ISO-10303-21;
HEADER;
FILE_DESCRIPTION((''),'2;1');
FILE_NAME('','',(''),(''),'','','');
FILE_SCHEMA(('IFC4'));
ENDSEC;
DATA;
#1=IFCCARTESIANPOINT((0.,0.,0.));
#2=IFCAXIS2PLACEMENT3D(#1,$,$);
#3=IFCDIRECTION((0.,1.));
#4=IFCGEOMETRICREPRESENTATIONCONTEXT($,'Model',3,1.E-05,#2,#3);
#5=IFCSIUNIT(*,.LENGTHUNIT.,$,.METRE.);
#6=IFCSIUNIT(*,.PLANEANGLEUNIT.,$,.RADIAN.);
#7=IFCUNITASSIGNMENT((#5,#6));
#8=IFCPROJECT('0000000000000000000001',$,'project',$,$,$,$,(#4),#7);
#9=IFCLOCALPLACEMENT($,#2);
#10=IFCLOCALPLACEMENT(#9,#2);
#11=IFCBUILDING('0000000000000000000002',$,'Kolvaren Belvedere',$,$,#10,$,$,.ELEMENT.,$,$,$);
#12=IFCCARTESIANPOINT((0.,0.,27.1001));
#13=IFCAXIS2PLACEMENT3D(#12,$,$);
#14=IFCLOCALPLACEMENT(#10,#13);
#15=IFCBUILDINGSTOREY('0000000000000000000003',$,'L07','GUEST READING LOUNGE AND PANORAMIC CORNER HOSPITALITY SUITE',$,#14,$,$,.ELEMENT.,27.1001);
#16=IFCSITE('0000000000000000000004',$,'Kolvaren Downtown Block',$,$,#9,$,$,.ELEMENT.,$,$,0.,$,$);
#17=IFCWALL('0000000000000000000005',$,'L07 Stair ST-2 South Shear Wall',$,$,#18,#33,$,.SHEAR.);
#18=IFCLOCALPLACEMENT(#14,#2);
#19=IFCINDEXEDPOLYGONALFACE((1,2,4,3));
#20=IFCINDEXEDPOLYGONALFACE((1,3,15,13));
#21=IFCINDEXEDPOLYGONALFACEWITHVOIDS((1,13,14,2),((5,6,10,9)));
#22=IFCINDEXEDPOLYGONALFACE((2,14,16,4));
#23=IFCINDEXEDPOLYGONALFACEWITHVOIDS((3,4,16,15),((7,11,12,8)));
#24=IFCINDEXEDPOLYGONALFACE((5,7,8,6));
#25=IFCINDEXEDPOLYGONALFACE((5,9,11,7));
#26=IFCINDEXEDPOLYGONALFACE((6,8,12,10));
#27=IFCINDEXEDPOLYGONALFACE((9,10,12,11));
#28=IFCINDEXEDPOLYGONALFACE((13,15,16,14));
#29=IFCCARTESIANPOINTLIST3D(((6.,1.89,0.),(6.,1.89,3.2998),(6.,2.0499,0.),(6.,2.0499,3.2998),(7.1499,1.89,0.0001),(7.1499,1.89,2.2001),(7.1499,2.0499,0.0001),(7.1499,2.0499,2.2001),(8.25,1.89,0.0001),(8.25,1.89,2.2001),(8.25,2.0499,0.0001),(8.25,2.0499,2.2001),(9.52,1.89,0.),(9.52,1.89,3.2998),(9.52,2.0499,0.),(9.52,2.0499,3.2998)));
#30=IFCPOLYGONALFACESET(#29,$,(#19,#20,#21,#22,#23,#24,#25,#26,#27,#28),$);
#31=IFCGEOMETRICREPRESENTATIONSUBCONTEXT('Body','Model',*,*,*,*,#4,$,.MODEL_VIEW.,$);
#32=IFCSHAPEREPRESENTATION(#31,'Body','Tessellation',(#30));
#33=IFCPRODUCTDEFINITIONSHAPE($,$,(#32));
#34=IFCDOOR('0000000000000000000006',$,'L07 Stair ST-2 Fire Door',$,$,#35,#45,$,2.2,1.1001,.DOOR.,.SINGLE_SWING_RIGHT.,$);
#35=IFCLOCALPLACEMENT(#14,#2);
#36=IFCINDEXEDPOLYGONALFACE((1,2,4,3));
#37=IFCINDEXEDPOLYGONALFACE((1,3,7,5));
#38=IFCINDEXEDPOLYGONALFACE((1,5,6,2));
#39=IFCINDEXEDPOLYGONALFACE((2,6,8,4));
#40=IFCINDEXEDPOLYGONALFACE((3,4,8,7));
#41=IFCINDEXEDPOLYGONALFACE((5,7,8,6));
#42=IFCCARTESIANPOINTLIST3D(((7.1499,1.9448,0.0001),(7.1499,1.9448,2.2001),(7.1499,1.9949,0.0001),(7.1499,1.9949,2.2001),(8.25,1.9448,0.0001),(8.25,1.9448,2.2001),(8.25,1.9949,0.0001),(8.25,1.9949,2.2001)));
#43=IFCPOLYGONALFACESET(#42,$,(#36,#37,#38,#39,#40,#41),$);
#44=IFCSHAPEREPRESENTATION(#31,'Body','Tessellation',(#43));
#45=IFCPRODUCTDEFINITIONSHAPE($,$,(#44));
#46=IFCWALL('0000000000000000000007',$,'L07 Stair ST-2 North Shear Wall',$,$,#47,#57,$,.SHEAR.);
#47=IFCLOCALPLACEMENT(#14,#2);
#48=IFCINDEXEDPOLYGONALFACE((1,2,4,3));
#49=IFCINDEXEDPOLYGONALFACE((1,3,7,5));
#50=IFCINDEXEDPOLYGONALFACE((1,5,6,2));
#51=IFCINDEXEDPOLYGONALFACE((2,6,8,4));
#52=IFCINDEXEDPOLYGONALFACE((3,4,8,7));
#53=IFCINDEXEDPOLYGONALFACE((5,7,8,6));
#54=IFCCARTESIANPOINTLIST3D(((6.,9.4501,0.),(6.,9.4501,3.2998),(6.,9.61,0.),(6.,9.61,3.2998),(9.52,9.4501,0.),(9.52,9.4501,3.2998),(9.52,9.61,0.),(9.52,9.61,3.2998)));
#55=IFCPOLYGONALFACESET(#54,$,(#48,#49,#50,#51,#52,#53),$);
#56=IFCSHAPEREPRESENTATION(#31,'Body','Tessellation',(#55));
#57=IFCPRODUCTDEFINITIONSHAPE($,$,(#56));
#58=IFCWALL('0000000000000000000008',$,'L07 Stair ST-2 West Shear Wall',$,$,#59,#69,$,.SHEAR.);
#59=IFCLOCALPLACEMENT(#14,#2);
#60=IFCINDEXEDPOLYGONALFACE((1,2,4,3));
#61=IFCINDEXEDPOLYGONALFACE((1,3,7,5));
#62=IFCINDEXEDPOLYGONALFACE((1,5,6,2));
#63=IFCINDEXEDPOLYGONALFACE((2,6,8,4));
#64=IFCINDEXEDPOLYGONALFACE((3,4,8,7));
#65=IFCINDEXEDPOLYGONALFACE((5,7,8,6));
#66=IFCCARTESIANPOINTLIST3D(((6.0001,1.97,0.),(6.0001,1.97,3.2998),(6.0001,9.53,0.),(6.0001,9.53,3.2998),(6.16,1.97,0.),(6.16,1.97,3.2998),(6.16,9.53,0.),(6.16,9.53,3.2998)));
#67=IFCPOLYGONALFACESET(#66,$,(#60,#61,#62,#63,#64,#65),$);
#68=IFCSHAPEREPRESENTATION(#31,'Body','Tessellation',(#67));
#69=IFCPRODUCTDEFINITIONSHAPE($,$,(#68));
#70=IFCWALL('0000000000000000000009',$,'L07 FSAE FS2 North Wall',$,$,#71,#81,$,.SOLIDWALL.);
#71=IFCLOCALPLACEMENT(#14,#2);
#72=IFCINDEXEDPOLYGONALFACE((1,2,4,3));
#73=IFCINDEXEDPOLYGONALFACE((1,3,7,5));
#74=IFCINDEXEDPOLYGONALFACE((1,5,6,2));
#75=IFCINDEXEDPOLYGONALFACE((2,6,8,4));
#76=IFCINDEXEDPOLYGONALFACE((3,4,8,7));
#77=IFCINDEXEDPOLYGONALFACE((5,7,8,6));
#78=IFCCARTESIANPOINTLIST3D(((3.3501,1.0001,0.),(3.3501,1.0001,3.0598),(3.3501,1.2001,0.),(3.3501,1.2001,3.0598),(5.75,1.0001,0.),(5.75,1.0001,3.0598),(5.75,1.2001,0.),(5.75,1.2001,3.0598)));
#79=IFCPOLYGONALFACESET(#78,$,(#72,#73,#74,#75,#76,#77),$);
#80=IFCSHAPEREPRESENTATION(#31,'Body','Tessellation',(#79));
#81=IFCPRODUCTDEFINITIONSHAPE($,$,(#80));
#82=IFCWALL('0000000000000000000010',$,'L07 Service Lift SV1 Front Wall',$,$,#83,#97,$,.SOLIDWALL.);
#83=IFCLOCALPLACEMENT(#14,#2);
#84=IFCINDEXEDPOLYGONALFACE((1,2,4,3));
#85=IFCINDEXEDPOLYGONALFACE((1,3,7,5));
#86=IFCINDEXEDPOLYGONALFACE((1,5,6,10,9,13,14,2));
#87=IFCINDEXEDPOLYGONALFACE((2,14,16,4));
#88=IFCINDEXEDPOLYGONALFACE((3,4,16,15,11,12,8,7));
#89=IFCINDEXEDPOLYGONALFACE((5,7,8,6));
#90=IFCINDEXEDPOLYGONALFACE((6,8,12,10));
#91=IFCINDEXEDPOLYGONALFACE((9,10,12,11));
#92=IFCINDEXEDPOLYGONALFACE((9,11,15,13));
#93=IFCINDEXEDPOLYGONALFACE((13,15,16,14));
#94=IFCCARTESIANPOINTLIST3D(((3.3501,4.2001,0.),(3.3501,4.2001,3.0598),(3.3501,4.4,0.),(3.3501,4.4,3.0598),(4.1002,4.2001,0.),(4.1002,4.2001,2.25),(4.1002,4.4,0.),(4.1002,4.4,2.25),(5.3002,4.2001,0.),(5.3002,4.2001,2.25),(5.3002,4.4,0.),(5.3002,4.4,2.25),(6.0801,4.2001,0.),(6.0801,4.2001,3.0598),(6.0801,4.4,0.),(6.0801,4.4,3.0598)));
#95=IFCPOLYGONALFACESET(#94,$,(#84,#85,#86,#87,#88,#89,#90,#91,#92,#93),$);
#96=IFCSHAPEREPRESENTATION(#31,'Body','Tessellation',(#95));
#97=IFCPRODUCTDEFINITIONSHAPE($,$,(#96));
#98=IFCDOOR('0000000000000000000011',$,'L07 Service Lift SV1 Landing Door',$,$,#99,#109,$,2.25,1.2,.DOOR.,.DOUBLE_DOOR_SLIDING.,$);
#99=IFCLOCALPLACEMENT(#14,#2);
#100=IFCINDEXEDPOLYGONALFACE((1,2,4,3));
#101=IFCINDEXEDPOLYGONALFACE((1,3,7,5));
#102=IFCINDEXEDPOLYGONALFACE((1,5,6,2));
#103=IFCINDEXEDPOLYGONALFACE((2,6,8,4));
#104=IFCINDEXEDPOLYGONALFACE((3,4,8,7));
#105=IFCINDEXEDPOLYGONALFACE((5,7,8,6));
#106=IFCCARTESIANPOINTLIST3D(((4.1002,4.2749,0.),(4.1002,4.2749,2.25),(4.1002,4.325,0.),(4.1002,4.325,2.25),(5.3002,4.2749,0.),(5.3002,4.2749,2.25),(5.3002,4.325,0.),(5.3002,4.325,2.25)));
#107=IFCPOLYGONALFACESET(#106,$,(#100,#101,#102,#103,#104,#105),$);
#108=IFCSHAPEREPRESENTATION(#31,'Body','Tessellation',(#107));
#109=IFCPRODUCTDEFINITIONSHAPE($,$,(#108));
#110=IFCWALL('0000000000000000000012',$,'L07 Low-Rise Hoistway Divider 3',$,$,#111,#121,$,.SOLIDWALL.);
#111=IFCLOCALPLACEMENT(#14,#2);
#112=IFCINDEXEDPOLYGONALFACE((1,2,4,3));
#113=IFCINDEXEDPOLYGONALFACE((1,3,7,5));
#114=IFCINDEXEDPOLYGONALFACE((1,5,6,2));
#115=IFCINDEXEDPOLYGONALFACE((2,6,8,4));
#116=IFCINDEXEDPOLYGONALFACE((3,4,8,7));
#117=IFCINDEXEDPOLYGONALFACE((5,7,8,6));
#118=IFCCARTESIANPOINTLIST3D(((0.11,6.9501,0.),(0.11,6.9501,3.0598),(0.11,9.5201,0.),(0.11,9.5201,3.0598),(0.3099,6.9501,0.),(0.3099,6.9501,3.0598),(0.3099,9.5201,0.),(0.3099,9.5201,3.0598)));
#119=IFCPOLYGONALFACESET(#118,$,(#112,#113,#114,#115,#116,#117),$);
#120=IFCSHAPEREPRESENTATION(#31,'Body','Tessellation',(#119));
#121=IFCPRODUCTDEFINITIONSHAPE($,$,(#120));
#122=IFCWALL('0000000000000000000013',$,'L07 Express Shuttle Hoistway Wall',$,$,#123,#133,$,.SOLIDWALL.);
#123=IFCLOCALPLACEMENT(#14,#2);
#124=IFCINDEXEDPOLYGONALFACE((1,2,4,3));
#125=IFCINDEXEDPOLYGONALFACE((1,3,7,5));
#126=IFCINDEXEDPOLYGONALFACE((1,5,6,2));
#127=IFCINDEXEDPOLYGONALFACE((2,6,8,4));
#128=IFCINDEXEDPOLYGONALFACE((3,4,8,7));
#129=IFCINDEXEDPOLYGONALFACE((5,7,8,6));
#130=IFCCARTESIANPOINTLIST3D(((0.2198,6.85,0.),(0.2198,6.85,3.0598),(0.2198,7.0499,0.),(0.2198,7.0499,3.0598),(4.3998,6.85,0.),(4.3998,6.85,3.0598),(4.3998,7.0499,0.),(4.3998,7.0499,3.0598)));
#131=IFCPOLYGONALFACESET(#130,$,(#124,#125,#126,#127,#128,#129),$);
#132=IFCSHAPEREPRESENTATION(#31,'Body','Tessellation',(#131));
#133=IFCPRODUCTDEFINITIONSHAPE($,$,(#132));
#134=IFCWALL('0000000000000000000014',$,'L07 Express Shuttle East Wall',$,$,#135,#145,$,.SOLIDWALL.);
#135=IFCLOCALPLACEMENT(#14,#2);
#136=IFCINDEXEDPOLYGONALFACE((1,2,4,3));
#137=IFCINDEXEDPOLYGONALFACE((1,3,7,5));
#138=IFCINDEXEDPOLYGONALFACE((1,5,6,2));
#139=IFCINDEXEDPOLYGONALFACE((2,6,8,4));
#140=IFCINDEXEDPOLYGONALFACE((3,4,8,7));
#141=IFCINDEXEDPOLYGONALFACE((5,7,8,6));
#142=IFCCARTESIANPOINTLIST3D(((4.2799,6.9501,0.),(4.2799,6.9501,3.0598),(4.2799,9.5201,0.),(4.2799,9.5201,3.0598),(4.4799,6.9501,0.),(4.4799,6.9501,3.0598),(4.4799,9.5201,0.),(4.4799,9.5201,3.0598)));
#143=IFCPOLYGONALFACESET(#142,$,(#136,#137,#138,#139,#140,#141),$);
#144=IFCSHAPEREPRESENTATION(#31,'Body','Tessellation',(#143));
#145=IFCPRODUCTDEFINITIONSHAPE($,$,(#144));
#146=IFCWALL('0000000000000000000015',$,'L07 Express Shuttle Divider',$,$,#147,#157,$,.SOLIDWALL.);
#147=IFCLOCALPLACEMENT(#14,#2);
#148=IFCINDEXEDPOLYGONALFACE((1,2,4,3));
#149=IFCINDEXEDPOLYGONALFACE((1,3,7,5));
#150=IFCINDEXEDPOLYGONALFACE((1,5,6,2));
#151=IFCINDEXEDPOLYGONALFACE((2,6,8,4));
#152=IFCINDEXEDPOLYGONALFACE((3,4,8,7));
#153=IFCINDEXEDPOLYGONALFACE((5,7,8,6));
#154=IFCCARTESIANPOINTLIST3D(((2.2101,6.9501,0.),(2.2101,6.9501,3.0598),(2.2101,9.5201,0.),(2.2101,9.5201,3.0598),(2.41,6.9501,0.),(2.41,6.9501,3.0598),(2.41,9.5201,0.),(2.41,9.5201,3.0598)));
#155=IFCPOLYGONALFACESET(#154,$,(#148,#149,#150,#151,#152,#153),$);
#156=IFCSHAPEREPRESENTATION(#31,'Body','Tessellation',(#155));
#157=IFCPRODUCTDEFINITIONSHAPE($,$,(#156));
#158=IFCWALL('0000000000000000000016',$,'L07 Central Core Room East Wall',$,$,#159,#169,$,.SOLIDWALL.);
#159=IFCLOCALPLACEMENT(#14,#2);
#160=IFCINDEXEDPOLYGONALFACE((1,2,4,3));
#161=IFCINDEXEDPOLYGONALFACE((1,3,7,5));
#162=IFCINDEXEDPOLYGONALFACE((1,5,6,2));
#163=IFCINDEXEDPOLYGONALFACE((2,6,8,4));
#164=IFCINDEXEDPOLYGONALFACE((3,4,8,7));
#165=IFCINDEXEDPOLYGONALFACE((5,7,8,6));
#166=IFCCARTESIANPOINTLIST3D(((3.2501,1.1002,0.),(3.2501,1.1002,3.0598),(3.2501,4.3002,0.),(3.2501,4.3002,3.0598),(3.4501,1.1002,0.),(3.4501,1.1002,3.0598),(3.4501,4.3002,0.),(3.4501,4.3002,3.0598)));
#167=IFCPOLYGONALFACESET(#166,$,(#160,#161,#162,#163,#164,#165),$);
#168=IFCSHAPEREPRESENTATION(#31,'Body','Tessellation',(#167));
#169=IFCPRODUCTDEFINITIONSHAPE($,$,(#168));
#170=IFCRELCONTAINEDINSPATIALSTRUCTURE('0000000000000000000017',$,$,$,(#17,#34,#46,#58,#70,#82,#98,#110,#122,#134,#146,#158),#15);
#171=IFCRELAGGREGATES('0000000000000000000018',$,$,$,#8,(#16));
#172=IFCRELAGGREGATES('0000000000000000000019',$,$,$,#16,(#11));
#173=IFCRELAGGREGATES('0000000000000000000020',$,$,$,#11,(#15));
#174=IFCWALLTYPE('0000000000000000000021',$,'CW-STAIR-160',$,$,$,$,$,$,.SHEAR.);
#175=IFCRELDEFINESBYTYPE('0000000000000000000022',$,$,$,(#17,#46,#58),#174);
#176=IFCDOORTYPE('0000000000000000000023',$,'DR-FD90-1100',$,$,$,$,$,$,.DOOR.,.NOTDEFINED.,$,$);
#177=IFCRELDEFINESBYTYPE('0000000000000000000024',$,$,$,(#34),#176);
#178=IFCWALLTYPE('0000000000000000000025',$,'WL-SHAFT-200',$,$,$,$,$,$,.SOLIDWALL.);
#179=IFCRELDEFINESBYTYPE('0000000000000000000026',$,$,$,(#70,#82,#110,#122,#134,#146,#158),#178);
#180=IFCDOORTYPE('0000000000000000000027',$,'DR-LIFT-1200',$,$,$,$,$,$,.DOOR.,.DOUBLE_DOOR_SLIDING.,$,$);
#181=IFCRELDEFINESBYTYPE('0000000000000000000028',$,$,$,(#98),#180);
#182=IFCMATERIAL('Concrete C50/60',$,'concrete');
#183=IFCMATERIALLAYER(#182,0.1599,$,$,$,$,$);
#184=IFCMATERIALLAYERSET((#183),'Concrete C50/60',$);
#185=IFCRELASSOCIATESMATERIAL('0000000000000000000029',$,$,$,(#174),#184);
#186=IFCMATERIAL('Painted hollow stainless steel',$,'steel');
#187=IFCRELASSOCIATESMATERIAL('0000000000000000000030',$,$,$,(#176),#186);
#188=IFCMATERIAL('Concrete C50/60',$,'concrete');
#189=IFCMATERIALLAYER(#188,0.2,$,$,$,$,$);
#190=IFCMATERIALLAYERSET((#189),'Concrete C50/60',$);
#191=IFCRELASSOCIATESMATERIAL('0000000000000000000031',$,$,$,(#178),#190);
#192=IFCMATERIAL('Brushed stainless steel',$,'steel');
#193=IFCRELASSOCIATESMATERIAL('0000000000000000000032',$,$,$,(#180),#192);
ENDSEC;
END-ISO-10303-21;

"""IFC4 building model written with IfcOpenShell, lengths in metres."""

from ifc_helpers import new_model, si_unit, direction, frame, frame_2d, origin, place, context, subcontext, project, spatial, rectangle, extrude, material, layer, layer_set, type_object, element, fill, save


model = new_model("IFC4")

# Units and contexts
model_context = context("Model", 3, precision=1e-05, world=origin(), true_north=direction((0.0, 1.0)))
body_context = subcontext(model_context, "Body", "Model", "MODEL_VIEW")
ifc_project = project(units=[si_unit("LENGTHUNIT", "METRE"), si_unit("PLANEANGLEUNIT", "RADIAN")], contexts=[model_context])

# Site, building, storey
site_placement = place(None, origin())
site = spatial("IfcSite", under=ifc_project, at=site_placement, Name="Kolvaren Downtown Block", CompositionType="ELEMENT", RefElevation=0.0)
building_placement = place(site_placement, origin())
building = spatial("IfcBuilding", under=site, at=building_placement, Name="Kolvaren Belvedere", CompositionType="ELEMENT")
storey_placement = place(building_placement, frame((0.0, 0.0, 27.1001)))
storey = spatial("IfcBuildingStorey", under=building, at=storey_placement, Name="L07", Description="GUEST READING LOUNGE AND PANORAMIC CORNER HOSPITALITY SUITE", CompositionType="ELEMENT", Elevation=27.1001)

# Wall, opening, door
ifc_material_1 = material(Name="Concrete C50/60", Category="concrete")
ifc_layer_1 = layer(ifc_material_1, 0.1599)
ifc_layer_set_1 = layer_set([ifc_layer_1], Name="Concrete C50/60")
wall_type_1 = type_object("IfcWallType", Name="CW-STAIR-160", PredefinedType="SHEAR", material=ifc_layer_set_1)
wall_1_placement = place(storey_placement, frame((6.0, 1.97, 0.0), z_axis=(0.0, 0.0, 1.0), x_axis=(1.0, 0.0, 0.0)))
wall_1 = element("IfcWall", 1, at=wall_1_placement, inside=storey, type_object=wall_type_1, Name="L07 Stair ST-2 South Shear Wall", PredefinedType="SHEAR", context=body_context, shape_type="SweptSolid", body=[
    extrude(rectangle(XDim=3.52, YDim=0.1599, at=frame_2d((1.76, 0.0))), origin(), (0.0, 0.0, 1.0), 3.2998),
])
opening_1_placement = place(wall_1_placement, frame((1.1499, 0.0, 0.0)))
opening_1 = element("IfcOpeningElement", 2, at=opening_1_placement, cuts=wall_1, PredefinedType="OPENING", context=body_context, shape_type="SweptSolid", body=[
    extrude(rectangle(XDim=1.1001, YDim=2.2, at=frame_2d((0.55, 1.1001))), frame((0.0, 0.0898, 0.0), z_axis=(0.0, -1.0, 0.0), x_axis=(1.0, 0.0, 0.0)), (0.0, 0.0, 1.0), 0.1799),
])
ifc_material_2 = material(Name="Painted hollow stainless steel", Category="steel")
door_type_1 = type_object("IfcDoorType", Name="DR-FD90-1100", OperationType="NOTDEFINED", PredefinedType="DOOR", material=ifc_material_2)
door_1_placement = place(opening_1_placement, origin())
door_1 = element("IfcDoor", 3, at=door_1_placement, inside=storey, type_object=door_type_1, Name="L07 Stair ST-2 Fire Door", OperationType="SINGLE_SWING_RIGHT", OverallHeight=2.2, OverallWidth=1.1001, PredefinedType="DOOR", context=body_context, shape_type="SweptSolid", body=[
    extrude(rectangle(XDim=1.1001, YDim=2.2, at=frame_2d((0.55, 1.1001))), frame((0.0, 0.0249, 0.0), z_axis=(0.0, -1.0, 0.0), x_axis=(1.0, 0.0, 0.0)), (0.0, 0.0, 1.0), 0.05),
])
fill(opening_1, door_1)

# Walls
wall_2_placement = place(storey_placement, frame((6.0, 9.53, 0.0), z_axis=(0.0, 0.0, 1.0), x_axis=(1.0, 0.0, 0.0)))
element("IfcWall", 4, at=wall_2_placement, inside=storey, type_object=wall_type_1, Name="L07 Stair ST-2 North Shear Wall", PredefinedType="SHEAR", context=body_context, shape_type="SweptSolid", body=[
    extrude(rectangle(XDim=3.52, YDim=0.1599, at=frame_2d((1.76, 0.0))), origin(), (0.0, 0.0, 1.0), 3.2998),
])
wall_3_placement = place(storey_placement, frame((6.0801, 1.97, 0.0), z_axis=(0.0, 0.0, 1.0), x_axis=(0.0, 1.0, 0.0)))
element("IfcWall", 5, at=wall_3_placement, inside=storey, type_object=wall_type_1, Name="L07 Stair ST-2 West Shear Wall", PredefinedType="SHEAR", context=body_context, shape_type="SweptSolid", body=[
    extrude(rectangle(XDim=7.5601, YDim=0.1599, at=frame_2d((3.78, 0.0))), origin(), (0.0, 0.0, 1.0), 3.2998),
])
ifc_material_3 = material(Name="Concrete C50/60", Category="concrete")
ifc_layer_2 = layer(ifc_material_3, 0.2)
ifc_layer_set_2 = layer_set([ifc_layer_2], Name="Concrete C50/60")
wall_type_2 = type_object("IfcWallType", Name="WL-SHAFT-200", PredefinedType="SOLIDWALL", material=ifc_layer_set_2)
wall_4_placement = place(storey_placement, frame((3.3501, 1.1001, 0.0), z_axis=(0.0, 0.0, 1.0), x_axis=(1.0, 0.0, 0.0)))
element("IfcWall", 6, at=wall_4_placement, inside=storey, type_object=wall_type_2, Name="L07 FSAE FS2 North Wall", PredefinedType="SOLIDWALL", context=body_context, shape_type="SweptSolid", body=[
    extrude(rectangle(XDim=2.3999, YDim=0.2, at=frame_2d((1.2, 0.0))), origin(), (0.0, 0.0, 1.0), 3.0598),
])

# Wall, opening, door
wall_5_placement = place(storey_placement, frame((3.3501, 4.3, 0.0), z_axis=(0.0, 0.0, 1.0), x_axis=(1.0, 0.0, 0.0)))
wall_5 = element("IfcWall", 7, at=wall_5_placement, inside=storey, type_object=wall_type_2, Name="L07 Service Lift SV1 Front Wall", PredefinedType="SOLIDWALL", context=body_context, shape_type="SweptSolid", body=[
    extrude(rectangle(XDim=2.73, YDim=0.2, at=frame_2d((1.365, 0.0))), origin(), (0.0, 0.0, 1.0), 3.0598),
])
opening_2_placement = place(wall_5_placement, frame((0.75, 0.0, 0.0)))
opening_2 = element("IfcOpeningElement", 8, at=opening_2_placement, cuts=wall_5, PredefinedType="OPENING", context=body_context, shape_type="SweptSolid", body=[
    extrude(rectangle(XDim=1.2, YDim=2.25, at=frame_2d((0.6001, 1.125))), frame((0.0, 0.1099, 0.0), z_axis=(0.0, -1.0, 0.0), x_axis=(1.0, 0.0, 0.0)), (0.0, 0.0, 1.0), 0.22),
])
ifc_material_4 = material(Name="Brushed stainless steel", Category="steel")
door_type_2 = type_object("IfcDoorType", Name="DR-LIFT-1200", OperationType="DOUBLE_DOOR_SLIDING", PredefinedType="DOOR", material=ifc_material_4)
door_2_placement = place(opening_2_placement, origin())
door_2 = element("IfcDoor", 9, at=door_2_placement, inside=storey, type_object=door_type_2, Name="L07 Service Lift SV1 Landing Door", OperationType="DOUBLE_DOOR_SLIDING", OverallHeight=2.25, OverallWidth=1.2, PredefinedType="DOOR", context=body_context, shape_type="SweptSolid", body=[
    extrude(rectangle(XDim=1.2, YDim=2.25, at=frame_2d((0.6001, 1.125))), frame((0.0, 0.0249, 0.0), z_axis=(0.0, -1.0, 0.0), x_axis=(1.0, 0.0, 0.0)), (0.0, 0.0, 1.0), 0.05),
])
fill(opening_2, door_2)

# Walls
wall_6_placement = place(storey_placement, frame((0.21, 6.95, 0.0), z_axis=(0.0, 0.0, 1.0), x_axis=(0.0, 1.0, 0.0)))
element("IfcWall", 10, at=wall_6_placement, inside=storey, type_object=wall_type_2, Name="L07 Low-Rise Hoistway Divider 3", PredefinedType="SOLIDWALL", context=body_context, shape_type="SweptSolid", body=[
    extrude(rectangle(XDim=2.5701, YDim=0.2, at=frame_2d((1.2852, 0.0))), origin(), (0.0, 0.0, 1.0), 3.0598),
])
wall_7_placement = place(storey_placement, frame((0.22, 6.95, 0.0), z_axis=(0.0, 0.0, 1.0), x_axis=(1.0, 0.0, 0.0)))
element("IfcWall", 11, at=wall_7_placement, inside=storey, type_object=wall_type_2, Name="L07 Express Shuttle Hoistway Wall", PredefinedType="SOLIDWALL", context=body_context, shape_type="SweptSolid", body=[
    extrude(rectangle(XDim=4.1799, YDim=0.2, at=frame_2d((2.0898, 0.0))), origin(), (0.0, 0.0, 1.0), 3.0598),
])
for number, where, z_axis, x_axis, name in (
    (12, (4.3799, 6.95, 0.0), (0.0, 0.0, 1.0), (0.0, 1.0, 0.0), "L07 Express Shuttle East Wall"),
    (13, (2.3101, 6.95, 0.0), (0.0, 0.0, 1.0), (0.0, 1.0, 0.0), "L07 Express Shuttle Divider"),
):
    element("IfcWall", number, at=place(storey_placement, frame(where, z_axis=z_axis, x_axis=x_axis)), inside=storey, type_object=wall_type_2, Name=name, PredefinedType="SOLIDWALL", context=body_context, shape_type="SweptSolid", body=[
        extrude(rectangle(XDim=2.5701, YDim=0.2, at=frame_2d((1.2852, 0.0))), origin(), (0.0, 0.0, 1.0), 3.0598),
    ])
wall_8_placement = place(storey_placement, frame((3.3501, 1.1001, 0.0), z_axis=(0.0, 0.0, 1.0), x_axis=(0.0, 1.0, 0.0)))
element("IfcWall", 14, at=wall_8_placement, inside=storey, type_object=wall_type_2, Name="L07 Central Core Room East Wall", PredefinedType="SOLIDWALL", context=body_context, shape_type="SweptSolid", body=[
    extrude(rectangle(XDim=3.2, YDim=0.2, at=frame_2d((1.6001, 0.0))), origin(), (0.0, 0.0, 1.0), 3.0598),
])

save(model, "model.ifc")
